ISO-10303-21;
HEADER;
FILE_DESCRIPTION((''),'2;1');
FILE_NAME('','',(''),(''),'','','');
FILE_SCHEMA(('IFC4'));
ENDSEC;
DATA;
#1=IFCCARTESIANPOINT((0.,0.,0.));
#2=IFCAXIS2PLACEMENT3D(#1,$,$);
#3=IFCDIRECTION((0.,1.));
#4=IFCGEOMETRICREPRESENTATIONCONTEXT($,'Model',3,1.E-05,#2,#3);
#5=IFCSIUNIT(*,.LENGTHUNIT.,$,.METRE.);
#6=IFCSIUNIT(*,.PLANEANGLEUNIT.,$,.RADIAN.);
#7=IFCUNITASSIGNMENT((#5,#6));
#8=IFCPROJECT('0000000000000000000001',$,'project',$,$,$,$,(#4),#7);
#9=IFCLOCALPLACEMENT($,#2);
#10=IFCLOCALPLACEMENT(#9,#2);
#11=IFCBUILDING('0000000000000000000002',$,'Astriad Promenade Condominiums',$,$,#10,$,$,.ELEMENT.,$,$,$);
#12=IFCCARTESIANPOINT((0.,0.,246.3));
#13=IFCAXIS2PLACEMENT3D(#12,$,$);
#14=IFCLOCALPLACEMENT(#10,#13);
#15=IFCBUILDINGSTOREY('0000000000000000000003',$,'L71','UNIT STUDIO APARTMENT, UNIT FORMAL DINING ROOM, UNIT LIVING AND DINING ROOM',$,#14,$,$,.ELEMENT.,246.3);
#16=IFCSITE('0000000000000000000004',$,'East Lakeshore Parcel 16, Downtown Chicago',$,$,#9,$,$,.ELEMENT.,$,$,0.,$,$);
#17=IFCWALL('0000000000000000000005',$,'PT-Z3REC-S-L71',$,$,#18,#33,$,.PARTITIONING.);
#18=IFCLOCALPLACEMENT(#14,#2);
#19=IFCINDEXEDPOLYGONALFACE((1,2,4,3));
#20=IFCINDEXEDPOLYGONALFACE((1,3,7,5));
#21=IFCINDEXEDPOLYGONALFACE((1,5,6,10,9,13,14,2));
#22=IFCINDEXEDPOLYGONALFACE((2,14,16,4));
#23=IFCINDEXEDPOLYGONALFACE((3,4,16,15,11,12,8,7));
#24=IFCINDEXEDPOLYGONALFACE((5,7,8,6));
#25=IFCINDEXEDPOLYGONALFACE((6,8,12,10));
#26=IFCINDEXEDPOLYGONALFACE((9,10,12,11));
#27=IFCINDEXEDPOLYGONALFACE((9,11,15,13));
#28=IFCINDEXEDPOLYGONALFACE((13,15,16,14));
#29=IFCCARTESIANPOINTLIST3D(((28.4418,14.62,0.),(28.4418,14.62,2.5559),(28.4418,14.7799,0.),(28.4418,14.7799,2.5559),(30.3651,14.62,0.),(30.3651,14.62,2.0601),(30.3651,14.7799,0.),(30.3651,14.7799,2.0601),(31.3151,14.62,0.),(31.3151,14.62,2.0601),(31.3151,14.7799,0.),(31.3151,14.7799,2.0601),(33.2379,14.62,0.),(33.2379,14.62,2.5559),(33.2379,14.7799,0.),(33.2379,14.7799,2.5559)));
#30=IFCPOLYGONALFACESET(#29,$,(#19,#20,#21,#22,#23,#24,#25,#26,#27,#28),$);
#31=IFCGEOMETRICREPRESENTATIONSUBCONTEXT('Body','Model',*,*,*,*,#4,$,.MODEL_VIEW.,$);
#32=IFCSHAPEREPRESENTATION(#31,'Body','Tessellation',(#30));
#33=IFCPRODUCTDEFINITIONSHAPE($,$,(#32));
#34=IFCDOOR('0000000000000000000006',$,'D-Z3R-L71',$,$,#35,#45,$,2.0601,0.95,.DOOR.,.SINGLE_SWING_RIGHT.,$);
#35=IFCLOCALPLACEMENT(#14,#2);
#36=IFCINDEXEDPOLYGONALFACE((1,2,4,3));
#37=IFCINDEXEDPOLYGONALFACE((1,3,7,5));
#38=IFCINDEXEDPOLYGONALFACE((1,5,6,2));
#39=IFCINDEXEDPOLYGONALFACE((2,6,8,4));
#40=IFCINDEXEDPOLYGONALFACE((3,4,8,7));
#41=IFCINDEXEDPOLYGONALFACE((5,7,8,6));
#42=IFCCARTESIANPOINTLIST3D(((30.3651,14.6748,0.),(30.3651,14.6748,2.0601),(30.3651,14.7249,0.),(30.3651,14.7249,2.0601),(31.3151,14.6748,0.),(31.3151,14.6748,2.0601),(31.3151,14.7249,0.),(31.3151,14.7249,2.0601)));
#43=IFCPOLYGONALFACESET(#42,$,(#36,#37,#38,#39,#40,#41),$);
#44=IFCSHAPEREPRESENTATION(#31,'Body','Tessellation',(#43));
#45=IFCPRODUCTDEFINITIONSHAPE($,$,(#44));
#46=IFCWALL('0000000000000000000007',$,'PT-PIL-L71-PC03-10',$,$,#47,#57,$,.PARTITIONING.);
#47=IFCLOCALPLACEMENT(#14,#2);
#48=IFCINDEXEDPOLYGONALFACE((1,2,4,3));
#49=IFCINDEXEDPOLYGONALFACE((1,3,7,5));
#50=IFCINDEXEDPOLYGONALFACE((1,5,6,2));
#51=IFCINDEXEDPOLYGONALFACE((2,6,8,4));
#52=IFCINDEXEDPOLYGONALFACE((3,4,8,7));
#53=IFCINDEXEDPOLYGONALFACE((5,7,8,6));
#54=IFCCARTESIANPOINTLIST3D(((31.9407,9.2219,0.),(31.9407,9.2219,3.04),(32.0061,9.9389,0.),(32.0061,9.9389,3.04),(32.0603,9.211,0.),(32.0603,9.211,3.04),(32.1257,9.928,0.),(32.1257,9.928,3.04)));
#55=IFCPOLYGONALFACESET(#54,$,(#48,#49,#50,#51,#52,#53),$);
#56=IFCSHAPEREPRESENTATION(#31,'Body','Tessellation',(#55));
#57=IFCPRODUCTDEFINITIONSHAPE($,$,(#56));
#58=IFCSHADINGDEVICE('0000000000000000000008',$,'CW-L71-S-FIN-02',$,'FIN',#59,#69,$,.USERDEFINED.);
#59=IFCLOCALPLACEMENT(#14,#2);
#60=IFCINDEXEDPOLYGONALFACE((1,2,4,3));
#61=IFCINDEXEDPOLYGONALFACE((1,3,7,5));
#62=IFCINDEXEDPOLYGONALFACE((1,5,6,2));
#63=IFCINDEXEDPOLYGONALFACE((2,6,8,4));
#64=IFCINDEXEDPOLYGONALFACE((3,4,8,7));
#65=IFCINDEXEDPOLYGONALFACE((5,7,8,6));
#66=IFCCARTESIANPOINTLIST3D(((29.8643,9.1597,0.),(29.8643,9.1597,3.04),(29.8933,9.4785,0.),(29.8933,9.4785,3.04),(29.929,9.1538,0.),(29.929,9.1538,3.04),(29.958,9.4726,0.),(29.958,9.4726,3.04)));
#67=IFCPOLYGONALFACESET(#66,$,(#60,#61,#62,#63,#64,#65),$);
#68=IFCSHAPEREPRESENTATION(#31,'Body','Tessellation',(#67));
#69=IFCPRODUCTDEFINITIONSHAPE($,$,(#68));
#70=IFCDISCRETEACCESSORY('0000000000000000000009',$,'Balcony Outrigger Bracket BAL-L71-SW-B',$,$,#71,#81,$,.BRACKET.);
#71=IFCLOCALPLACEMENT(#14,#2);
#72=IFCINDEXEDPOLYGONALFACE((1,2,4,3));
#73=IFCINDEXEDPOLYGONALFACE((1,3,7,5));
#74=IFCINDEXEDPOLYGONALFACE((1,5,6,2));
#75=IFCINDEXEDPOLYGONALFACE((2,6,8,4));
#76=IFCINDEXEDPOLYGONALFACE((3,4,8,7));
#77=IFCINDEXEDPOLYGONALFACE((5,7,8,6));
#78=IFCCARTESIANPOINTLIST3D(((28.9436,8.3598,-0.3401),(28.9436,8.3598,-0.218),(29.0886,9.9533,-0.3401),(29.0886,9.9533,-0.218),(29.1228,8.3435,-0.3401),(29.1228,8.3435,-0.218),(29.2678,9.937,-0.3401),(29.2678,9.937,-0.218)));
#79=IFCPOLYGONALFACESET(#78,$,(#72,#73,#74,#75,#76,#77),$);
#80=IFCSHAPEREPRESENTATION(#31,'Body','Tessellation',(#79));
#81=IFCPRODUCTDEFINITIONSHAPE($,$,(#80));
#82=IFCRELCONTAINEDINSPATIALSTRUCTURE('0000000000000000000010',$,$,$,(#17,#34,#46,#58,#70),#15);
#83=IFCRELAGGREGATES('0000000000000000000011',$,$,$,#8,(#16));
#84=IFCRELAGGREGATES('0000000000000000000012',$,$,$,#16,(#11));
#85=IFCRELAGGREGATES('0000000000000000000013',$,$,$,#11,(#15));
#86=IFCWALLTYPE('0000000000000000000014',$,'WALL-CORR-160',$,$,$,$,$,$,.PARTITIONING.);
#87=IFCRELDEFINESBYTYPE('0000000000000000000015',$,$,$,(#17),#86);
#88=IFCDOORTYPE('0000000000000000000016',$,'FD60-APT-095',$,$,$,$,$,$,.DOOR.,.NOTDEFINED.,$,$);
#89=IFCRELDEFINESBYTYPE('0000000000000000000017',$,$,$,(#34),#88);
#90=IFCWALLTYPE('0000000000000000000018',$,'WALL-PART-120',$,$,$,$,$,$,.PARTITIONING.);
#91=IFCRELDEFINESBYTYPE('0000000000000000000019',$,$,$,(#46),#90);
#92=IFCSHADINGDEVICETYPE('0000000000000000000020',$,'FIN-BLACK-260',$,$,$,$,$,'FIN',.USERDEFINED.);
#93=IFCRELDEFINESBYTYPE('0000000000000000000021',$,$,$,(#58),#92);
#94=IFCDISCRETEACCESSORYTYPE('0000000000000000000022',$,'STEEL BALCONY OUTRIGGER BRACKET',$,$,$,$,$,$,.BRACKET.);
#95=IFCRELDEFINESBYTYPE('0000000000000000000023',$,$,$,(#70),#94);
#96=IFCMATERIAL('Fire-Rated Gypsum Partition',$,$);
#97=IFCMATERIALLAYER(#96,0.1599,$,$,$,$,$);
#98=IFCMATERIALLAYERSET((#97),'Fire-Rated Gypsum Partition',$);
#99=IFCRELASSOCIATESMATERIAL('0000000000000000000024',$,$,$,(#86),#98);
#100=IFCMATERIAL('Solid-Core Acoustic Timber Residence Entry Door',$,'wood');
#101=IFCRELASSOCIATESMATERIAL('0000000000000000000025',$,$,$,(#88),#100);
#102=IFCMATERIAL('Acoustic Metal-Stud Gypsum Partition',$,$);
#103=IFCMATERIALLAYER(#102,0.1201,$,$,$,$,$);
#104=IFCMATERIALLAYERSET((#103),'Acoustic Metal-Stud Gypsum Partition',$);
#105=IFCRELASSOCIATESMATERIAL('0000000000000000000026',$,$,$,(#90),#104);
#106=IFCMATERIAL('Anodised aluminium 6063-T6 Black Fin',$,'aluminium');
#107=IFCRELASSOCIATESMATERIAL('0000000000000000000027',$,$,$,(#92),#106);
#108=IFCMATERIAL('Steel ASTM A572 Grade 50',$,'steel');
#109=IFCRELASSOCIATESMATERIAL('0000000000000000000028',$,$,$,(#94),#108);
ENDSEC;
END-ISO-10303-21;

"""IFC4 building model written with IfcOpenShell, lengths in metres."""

from ifc_helpers import new_model, si_unit, direction, frame, frame_2d, origin, origin_2d, place, context, subcontext, project, spatial, rectangle, extrude, source, transform, mapped, material, layer, layer_set, type_object, type_shapes, element, fill, save


model = new_model("IFC4")

# Units and contexts
model_context = context("Model", 3, precision=1e-05, world=origin(), true_north=direction((0.0, 1.0)))
body_context = subcontext(model_context, "Body", "Model", "MODEL_VIEW")
ifc_project = project(units=[si_unit("LENGTHUNIT", "METRE"), si_unit("PLANEANGLEUNIT", "RADIAN")], contexts=[model_context])

# Site, building, storey
site_placement = place(None, origin())
site = spatial("IfcSite", under=ifc_project, at=site_placement, Name="East Lakeshore Parcel 16, Downtown Chicago", CompositionType="ELEMENT", RefElevation=0.0)
building_placement = place(site_placement, origin())
building = spatial("IfcBuilding", under=site, at=building_placement, Name="Astriad Promenade Condominiums", CompositionType="ELEMENT")
storey_placement = place(building_placement, frame((0.0, 0.0, 246.3)))
storey = spatial("IfcBuildingStorey", under=building, at=storey_placement, Name="L71", Description="UNIT STUDIO APARTMENT, UNIT FORMAL DINING ROOM, UNIT LIVING AND DINING ROOM", CompositionType="ELEMENT", Elevation=246.3)

# Shared definitions
ifc_material_1 = material(Name="Fire-Rated Gypsum Partition")
ifc_layer_1 = layer(ifc_material_1, 0.1599)
ifc_layer_set_1 = layer_set([ifc_layer_1], Name="Fire-Rated Gypsum Partition")
wall_type_1 = type_object("IfcWallType", Name="WALL-CORR-160", PredefinedType="PARTITIONING", material=ifc_layer_set_1)

# Wall, opening, door
wall_1_placement = place(storey_placement, frame((28.4419, 14.7, 0.0), z_axis=(0.0, 0.0, 1.0), x_axis=(1.0, 0.0, 0.0)))
wall_1 = element("IfcWall", 1, at=wall_1_placement, inside=storey, type_object=wall_type_1, Name="PT-Z3REC-S-L71", PredefinedType="PARTITIONING", context=body_context, shape_type="SweptSolid", body=[
    extrude(rectangle(XDim=4.7961, YDim=0.1599, at=frame_2d((2.3979, 0.0))), origin(), (0.0, 0.0, 1.0), 2.5559),
])
opening_placement = place(wall_1_placement, frame((1.9231, 0.0, 0.0)))
opening = element("IfcOpeningElement", 2, at=opening_placement, cuts=wall_1, PredefinedType="OPENING", context=body_context, shape_type="SweptSolid", body=[
    extrude(rectangle(XDim=0.95, YDim=2.0601, at=frame_2d((0.4751, 1.03))), frame((0.0, 0.0898, 0.0), z_axis=(0.0, -1.0, 0.0), x_axis=(1.0, 0.0, 0.0)), (0.0, 0.0, 1.0), 0.1799),
])
ifc_material_2 = material(Name="Solid-Core Acoustic Timber Residence Entry Door", Category="wood")
door_type = type_object("IfcDoorType", Name="FD60-APT-095", OperationType="NOTDEFINED", PredefinedType="DOOR", material=ifc_material_2)
shared_shape_1 = source(origin(), body_context, "Body", "SweptSolid", [
    extrude(rectangle(XDim=0.95, YDim=2.0601, at=frame_2d((0.4751, 1.03))), frame((0.0, 0.0249, 0.0), z_axis=(0.0, -1.0, 0.0), x_axis=(1.0, 0.0, 0.0)), (0.0, 0.0, 1.0), 0.05),
])
type_shapes(door_type, [shared_shape_1])
door_placement = place(opening_placement, origin())
door = element("IfcDoor", 3, at=door_placement, inside=storey, type_object=door_type, Name="D-Z3R-L71", OperationType="SINGLE_SWING_RIGHT", OverallHeight=2.0601, OverallWidth=0.95, PredefinedType="DOOR", context=body_context, shape_type="MappedRepresentation", body=[
    mapped(shared_shape_1, transform((0.0, 0.0, 0.0), scale=1.0)),
])
fill(opening, door)

# Wall
ifc_material_3 = material(Name="Acoustic Metal-Stud Gypsum Partition")
ifc_layer_2 = layer(ifc_material_3, 0.1201)
ifc_layer_set_2 = layer_set([ifc_layer_2], Name="Acoustic Metal-Stud Gypsum Partition")
wall_type_2 = type_object("IfcWallType", Name="WALL-PART-120", PredefinedType="PARTITIONING", material=ifc_layer_set_2)
wall_2_placement = place(storey_placement, frame((32.0659, 9.9333, 0.0), z_axis=(0.0, 0.0, 1.0), x_axis=(-0.090872, -0.995863, 0.0)))
element("IfcWall", 4, at=wall_2_placement, inside=storey, type_object=wall_type_2, Name="PT-PIL-L71-PC03-10", PredefinedType="PARTITIONING", context=body_context, shape_type="SweptSolid", body=[
    extrude(rectangle(XDim=0.72, YDim=0.1201, at=frame_2d((0.3599, 0.0))), origin(), (0.0, 0.0, 1.0), 3.04),
])

# Shading device
ifc_material_4 = material(Name="Anodised aluminium 6063-T6 Black Fin", Category="aluminium")
shading_device_type = type_object("IfcShadingDeviceType", Name="FIN-BLACK-260", ElementType="FIN", PredefinedType="USERDEFINED", material=ifc_material_4)
shared_shape_2 = source(origin(), body_context, "Body", "SweptSolid", [
    extrude(rectangle(XDim=0.0649, YDim=0.3201, at=origin_2d()), origin(), (0.0, 0.0, 1.0), 3.04),
])
type_shapes(shading_device_type, [shared_shape_2])
shading_device_placement = place(storey_placement, frame((29.9111, 9.3162, 0.0), z_axis=(0.0, 0.0, 1.0), x_axis=(-0.995884, 0.090633, 0.0)))
element("IfcShadingDevice", 5, at=shading_device_placement, inside=storey, type_object=shading_device_type, Name="CW-L71-S-FIN-02", ObjectType="FIN", PredefinedType="USERDEFINED", context=body_context, shape_type="MappedRepresentation", body=[
    mapped(shared_shape_2, transform((0.0, 0.0, 0.0), scale=1.0)),
])

# Discrete accessory
ifc_material_5 = material(Name="Steel ASTM A572 Grade 50", Category="steel")
discrete_accessory_type = type_object("IfcDiscreteAccessoryType", Name="STEEL BALCONY OUTRIGGER BRACKET", PredefinedType="BRACKET", material=ifc_material_5)
shared_shape_3 = source(origin(), body_context, "Body", "SweptSolid", [
    extrude(rectangle(XDim=1.6001, YDim=0.1799, at=origin_2d()), origin(), (0.0, 0.0, 1.0), 0.1221),
])
type_shapes(discrete_accessory_type, [shared_shape_3])
discrete_accessory_placement = place(storey_placement, frame((29.1057, 9.1484, -0.3401), z_axis=(0.0, 0.0, 1.0), x_axis=(-0.090633, -0.995884, 0.0)))
element("IfcDiscreteAccessory", 6, at=discrete_accessory_placement, inside=storey, type_object=discrete_accessory_type, Name="Balcony Outrigger Bracket BAL-L71-SW-B", PredefinedType="BRACKET", context=body_context, shape_type="MappedRepresentation", body=[
    mapped(shared_shape_3, transform((0.0, 0.0, 0.0), scale=1.0)),
])

save(model, "model.ifc")
